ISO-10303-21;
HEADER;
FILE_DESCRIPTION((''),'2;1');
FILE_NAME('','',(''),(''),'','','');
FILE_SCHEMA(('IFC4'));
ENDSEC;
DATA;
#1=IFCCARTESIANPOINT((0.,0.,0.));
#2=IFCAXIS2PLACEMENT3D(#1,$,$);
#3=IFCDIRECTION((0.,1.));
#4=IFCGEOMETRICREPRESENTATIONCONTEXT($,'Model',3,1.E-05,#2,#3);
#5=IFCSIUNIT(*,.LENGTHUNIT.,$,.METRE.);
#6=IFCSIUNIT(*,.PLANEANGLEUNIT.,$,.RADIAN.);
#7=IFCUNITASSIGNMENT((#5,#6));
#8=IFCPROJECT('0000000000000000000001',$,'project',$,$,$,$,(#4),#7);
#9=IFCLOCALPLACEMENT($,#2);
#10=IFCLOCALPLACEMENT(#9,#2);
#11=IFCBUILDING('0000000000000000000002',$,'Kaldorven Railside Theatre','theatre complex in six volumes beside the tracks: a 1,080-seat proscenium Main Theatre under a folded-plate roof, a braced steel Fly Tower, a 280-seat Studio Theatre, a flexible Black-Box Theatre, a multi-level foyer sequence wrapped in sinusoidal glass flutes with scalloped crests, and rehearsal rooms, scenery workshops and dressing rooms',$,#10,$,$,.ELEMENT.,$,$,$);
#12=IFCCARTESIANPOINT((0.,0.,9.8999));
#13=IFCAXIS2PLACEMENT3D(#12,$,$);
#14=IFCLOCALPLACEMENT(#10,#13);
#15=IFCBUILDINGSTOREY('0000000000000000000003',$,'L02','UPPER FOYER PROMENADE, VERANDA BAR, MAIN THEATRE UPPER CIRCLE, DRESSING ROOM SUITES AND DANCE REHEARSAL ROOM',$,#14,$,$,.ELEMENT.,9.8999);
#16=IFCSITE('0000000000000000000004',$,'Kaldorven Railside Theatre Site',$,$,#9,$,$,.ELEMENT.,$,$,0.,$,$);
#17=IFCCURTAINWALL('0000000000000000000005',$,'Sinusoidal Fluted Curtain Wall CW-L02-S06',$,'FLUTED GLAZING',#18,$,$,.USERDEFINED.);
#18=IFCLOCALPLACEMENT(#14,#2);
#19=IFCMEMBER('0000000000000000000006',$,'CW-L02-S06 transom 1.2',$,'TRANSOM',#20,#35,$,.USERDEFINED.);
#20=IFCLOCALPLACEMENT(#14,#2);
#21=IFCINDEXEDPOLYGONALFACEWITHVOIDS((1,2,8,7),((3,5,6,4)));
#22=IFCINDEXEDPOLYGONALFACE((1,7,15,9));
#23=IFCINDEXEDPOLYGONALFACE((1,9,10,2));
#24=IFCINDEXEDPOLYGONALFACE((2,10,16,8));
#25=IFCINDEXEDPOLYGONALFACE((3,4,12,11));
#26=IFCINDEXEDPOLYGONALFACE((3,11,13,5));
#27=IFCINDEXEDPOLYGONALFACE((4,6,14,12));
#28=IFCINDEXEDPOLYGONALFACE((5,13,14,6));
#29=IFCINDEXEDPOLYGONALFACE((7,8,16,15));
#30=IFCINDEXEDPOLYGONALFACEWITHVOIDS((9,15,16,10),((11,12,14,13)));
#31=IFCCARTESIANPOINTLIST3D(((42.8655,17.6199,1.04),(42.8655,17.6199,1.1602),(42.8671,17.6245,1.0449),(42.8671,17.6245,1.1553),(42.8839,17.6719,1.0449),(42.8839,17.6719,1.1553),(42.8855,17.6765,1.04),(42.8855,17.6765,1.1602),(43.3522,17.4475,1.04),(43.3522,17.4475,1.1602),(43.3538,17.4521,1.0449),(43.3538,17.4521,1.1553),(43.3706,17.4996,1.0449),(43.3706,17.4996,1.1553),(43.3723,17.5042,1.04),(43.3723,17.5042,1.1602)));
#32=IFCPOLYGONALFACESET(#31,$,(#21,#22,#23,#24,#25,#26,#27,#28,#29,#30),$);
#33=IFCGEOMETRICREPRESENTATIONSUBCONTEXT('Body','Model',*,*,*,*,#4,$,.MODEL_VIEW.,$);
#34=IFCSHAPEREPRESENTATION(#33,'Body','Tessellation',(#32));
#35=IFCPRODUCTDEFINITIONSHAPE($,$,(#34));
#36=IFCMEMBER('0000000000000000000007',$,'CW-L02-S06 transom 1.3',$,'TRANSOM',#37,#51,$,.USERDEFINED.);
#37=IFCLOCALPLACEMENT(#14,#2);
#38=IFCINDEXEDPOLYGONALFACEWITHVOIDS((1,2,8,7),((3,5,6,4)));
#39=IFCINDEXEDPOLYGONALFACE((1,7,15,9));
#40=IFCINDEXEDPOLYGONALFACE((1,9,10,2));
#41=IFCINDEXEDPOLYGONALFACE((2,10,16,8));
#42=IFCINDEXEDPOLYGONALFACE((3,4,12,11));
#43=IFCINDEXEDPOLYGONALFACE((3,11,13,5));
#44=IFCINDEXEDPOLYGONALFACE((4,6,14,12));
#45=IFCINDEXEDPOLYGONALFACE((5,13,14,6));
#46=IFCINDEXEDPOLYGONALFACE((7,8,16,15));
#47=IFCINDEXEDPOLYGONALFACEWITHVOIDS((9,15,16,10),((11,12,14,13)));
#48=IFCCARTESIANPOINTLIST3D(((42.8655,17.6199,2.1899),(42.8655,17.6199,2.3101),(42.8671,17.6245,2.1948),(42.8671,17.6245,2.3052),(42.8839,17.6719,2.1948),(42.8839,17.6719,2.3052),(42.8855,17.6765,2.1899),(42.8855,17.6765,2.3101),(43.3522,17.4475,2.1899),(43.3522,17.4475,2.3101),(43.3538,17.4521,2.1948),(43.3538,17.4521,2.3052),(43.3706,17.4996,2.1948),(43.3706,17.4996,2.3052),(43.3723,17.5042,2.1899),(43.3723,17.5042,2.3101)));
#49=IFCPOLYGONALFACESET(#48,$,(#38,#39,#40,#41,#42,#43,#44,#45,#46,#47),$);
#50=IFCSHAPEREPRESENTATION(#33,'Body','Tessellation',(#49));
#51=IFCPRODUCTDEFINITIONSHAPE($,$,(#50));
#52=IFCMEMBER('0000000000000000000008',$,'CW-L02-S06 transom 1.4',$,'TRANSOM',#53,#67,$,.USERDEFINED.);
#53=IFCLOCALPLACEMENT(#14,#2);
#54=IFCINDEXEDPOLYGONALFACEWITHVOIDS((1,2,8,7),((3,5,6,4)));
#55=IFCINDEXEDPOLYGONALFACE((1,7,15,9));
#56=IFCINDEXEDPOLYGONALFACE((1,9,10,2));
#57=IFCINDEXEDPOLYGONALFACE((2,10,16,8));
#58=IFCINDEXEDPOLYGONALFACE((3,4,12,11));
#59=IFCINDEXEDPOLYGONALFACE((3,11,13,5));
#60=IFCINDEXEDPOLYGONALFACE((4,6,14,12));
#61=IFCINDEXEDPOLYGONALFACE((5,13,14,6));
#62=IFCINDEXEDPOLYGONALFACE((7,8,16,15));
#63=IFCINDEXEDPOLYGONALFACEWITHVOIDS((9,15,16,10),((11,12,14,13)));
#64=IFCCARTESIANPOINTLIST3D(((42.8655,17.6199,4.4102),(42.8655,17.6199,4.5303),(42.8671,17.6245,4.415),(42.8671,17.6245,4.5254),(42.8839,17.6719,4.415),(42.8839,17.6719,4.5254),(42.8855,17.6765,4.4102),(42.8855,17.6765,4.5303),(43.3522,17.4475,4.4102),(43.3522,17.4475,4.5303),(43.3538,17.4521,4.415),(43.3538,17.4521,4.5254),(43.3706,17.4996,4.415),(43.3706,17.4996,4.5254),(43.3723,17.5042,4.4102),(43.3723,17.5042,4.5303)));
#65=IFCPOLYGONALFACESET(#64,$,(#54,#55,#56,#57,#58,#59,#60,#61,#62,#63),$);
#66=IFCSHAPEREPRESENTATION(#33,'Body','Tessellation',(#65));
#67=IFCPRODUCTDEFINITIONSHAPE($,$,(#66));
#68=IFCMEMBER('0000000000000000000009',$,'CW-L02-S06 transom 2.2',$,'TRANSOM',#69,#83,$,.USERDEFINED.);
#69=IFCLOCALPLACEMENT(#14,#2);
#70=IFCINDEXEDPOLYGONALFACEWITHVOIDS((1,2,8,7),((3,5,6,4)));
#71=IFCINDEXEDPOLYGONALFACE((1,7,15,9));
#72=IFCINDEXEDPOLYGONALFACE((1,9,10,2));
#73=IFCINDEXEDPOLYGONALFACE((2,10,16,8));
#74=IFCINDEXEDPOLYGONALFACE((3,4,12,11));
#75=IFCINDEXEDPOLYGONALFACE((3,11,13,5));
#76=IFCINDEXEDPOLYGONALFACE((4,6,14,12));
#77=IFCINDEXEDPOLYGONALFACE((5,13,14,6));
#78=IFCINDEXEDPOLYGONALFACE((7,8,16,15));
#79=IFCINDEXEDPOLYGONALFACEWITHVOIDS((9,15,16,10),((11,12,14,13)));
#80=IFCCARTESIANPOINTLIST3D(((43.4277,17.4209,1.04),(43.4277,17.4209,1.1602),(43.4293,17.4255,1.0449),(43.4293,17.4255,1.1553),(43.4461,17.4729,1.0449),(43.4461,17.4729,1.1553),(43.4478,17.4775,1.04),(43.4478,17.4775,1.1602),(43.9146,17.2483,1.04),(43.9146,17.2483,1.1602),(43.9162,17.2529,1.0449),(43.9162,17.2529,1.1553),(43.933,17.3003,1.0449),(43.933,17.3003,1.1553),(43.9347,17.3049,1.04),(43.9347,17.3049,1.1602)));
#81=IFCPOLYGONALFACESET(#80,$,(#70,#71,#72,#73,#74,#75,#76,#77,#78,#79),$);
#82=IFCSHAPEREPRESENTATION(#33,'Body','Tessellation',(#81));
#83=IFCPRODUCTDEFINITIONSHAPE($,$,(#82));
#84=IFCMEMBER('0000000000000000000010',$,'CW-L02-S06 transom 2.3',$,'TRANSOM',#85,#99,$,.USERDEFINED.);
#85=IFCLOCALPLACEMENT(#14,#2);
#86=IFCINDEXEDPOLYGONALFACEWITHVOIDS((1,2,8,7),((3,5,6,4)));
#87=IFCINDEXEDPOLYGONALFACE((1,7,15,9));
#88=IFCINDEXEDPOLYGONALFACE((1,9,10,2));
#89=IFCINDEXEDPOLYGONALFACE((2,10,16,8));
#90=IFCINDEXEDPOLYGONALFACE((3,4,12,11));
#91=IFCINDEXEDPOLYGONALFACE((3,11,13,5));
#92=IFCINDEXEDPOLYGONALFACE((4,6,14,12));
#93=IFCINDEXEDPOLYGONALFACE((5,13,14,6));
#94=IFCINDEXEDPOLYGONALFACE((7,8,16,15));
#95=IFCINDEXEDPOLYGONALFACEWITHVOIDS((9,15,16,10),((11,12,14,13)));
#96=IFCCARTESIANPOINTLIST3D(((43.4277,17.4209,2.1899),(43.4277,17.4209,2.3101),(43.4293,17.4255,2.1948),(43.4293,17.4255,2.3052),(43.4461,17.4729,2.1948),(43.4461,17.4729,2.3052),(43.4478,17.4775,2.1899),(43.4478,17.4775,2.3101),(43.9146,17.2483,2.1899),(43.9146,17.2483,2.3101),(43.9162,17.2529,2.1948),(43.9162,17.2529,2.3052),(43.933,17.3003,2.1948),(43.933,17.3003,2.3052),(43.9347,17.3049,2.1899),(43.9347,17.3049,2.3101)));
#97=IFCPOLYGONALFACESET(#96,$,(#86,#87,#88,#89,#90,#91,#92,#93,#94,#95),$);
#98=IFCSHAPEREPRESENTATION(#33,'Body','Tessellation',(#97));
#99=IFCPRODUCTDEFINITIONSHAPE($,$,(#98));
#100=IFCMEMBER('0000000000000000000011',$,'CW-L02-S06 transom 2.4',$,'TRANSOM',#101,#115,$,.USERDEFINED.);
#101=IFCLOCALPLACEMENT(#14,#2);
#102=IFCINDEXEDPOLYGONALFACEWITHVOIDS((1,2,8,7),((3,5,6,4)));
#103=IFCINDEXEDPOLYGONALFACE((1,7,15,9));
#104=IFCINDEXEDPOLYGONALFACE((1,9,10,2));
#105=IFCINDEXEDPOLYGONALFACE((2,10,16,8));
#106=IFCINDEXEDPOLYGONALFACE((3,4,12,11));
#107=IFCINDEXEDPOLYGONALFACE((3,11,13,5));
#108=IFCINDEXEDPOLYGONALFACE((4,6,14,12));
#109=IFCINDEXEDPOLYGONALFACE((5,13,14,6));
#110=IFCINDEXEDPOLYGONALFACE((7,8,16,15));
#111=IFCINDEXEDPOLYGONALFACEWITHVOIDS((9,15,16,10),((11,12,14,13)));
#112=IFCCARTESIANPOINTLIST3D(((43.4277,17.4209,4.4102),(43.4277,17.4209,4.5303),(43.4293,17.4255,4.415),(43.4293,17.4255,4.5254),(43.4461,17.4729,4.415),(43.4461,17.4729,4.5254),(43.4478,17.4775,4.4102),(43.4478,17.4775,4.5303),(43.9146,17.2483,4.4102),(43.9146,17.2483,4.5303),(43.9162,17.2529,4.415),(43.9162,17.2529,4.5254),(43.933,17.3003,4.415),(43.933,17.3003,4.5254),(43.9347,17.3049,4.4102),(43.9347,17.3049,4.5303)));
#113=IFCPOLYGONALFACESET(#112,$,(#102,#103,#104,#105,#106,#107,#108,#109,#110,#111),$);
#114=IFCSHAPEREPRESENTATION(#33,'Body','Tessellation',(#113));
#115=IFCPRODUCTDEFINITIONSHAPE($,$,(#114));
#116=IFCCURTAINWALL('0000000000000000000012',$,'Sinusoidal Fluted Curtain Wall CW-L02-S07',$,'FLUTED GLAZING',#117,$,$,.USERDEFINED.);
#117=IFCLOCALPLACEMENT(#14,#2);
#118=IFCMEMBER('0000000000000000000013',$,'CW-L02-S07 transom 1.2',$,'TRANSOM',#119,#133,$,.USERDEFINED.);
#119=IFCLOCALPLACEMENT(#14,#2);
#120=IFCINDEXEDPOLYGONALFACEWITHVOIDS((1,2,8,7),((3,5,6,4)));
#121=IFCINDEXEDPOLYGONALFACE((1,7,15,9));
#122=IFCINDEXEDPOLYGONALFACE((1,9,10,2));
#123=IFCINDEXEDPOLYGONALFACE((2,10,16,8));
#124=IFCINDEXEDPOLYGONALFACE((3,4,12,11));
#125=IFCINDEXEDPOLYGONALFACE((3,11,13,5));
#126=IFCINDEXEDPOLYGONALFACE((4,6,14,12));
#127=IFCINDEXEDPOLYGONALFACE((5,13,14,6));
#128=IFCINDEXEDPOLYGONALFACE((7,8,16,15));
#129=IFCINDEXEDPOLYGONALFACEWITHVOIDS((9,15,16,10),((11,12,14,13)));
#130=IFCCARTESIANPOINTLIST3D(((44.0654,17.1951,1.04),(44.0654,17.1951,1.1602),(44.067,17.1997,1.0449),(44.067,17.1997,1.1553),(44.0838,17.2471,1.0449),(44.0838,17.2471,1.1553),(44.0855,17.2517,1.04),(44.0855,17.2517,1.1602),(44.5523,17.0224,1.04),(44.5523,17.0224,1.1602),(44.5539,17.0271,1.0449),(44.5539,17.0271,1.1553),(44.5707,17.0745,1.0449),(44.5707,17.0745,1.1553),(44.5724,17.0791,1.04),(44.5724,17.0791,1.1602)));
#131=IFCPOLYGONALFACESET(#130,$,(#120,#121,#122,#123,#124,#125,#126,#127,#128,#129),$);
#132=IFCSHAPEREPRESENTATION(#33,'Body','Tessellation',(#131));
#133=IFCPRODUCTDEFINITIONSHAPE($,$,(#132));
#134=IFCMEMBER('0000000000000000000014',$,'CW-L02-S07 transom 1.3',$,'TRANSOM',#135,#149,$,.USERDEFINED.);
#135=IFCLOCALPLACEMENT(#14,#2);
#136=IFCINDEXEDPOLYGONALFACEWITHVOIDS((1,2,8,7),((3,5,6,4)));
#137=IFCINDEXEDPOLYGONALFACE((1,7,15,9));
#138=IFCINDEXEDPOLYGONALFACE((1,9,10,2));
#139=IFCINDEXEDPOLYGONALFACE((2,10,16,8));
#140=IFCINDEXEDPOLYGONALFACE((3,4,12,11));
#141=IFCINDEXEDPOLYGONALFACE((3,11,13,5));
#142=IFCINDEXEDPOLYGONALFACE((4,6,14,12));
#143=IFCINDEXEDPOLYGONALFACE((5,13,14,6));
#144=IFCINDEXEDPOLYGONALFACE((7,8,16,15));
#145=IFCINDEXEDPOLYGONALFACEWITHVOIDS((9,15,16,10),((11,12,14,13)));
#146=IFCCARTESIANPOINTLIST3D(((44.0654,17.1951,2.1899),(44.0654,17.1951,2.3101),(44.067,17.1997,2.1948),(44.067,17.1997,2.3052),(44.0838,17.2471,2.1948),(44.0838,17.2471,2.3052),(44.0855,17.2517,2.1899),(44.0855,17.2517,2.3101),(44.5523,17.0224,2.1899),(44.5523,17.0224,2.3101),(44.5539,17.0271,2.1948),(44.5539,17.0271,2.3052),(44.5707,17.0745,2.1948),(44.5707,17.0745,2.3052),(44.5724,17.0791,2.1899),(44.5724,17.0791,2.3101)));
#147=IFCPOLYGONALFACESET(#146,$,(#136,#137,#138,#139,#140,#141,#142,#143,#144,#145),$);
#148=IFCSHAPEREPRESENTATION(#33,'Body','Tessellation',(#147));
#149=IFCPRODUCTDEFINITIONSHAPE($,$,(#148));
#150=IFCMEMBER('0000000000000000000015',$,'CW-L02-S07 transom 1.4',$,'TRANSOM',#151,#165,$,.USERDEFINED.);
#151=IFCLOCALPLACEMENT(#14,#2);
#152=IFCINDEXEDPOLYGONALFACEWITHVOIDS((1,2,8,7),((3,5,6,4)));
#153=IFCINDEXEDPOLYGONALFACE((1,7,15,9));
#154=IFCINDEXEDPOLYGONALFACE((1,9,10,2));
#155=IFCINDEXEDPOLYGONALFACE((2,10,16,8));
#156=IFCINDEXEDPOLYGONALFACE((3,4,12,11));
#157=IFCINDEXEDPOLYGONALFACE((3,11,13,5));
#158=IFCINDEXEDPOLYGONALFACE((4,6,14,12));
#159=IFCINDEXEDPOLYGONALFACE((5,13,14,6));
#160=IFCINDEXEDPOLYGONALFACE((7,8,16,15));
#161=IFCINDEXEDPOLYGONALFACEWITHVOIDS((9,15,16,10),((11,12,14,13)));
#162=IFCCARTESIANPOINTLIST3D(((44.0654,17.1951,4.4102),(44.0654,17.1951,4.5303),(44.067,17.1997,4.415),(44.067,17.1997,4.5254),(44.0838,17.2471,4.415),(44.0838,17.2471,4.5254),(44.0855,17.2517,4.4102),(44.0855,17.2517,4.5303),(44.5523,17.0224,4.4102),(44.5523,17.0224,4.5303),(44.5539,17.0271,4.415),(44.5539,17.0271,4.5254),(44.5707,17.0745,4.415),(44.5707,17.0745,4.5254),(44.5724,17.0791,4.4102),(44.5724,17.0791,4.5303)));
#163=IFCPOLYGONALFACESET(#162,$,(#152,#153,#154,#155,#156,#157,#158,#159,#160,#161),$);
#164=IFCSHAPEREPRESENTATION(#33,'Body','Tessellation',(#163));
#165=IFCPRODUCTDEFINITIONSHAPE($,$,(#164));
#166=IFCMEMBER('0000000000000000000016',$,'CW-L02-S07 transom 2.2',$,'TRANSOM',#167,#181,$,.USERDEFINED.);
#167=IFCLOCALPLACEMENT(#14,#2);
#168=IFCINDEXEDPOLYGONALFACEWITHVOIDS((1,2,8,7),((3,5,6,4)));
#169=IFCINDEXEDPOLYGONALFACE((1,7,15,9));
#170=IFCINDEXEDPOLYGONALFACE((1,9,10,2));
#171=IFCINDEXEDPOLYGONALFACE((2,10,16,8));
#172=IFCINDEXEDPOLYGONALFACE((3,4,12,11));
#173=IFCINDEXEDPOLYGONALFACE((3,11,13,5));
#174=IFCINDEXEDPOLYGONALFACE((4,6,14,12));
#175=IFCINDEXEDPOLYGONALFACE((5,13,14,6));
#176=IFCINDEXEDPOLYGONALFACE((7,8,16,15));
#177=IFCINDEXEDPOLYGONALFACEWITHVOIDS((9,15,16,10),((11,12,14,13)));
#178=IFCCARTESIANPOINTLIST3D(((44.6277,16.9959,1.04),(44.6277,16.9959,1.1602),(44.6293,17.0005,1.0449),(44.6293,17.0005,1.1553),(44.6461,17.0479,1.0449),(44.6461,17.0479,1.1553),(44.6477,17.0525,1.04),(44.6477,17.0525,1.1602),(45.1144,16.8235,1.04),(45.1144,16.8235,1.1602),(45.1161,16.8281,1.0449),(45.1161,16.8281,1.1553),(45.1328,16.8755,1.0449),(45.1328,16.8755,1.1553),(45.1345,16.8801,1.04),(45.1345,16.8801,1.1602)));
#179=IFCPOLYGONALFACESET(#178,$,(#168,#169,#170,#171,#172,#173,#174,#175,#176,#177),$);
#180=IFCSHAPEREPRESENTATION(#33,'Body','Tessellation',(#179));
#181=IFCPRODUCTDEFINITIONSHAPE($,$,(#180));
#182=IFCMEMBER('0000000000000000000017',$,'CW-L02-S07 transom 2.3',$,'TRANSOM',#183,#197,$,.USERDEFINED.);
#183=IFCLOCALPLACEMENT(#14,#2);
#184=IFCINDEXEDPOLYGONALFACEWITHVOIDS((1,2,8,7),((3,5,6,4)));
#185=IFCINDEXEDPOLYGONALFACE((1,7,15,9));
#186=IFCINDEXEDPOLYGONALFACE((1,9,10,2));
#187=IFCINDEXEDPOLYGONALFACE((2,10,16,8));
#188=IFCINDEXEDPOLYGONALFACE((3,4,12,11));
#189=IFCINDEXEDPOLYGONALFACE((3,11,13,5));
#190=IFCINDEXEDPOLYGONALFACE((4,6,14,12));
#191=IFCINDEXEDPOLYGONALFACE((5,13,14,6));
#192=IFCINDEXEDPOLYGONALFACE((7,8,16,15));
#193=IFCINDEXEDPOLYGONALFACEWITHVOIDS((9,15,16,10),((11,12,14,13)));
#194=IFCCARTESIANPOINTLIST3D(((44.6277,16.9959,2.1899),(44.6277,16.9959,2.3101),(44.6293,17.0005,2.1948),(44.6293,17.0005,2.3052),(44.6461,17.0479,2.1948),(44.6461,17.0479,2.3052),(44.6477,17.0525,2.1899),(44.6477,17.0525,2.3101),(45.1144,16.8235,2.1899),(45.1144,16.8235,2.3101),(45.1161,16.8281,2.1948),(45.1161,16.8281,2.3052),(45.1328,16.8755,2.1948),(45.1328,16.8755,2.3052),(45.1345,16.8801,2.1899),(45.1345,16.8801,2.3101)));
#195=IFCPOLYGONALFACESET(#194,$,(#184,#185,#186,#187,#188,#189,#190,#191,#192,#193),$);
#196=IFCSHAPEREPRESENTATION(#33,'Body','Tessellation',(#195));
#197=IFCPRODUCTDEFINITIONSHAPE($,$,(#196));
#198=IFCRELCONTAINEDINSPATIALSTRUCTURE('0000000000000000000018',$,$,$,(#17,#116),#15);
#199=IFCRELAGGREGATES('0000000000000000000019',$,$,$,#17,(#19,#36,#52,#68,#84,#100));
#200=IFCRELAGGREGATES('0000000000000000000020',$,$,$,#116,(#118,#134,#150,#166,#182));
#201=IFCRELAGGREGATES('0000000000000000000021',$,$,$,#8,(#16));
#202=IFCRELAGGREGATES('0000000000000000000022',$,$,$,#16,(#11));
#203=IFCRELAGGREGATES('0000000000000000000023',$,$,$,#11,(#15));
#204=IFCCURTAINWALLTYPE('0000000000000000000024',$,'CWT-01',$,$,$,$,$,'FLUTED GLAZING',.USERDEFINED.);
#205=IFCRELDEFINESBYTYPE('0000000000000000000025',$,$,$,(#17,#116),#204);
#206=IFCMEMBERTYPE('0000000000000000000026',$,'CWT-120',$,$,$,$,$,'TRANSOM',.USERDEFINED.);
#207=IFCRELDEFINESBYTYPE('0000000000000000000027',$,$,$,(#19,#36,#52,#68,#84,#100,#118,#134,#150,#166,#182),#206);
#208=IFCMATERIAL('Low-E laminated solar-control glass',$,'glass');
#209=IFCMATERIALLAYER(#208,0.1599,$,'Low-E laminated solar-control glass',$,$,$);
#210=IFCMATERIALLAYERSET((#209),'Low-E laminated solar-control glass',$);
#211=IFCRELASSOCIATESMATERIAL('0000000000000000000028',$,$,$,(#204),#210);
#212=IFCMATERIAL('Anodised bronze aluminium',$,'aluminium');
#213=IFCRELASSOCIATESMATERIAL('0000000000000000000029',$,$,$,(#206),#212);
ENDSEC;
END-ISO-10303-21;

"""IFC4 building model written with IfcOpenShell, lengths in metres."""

from ifc_helpers import new_model, si_unit, direction, frame, origin, origin_2d, place, context, subcontext, project, spatial, hollow_rectangle, extrude, material, layer, layer_set, material_profile, profile_set, type_object, element, aggregate, save


model = new_model("IFC4")

# Units and contexts
model_context = context("Model", 3, precision=1e-05, world=origin(), true_north=direction((0.0, 1.0)))
body_context = subcontext(model_context, "Body", "Model", "MODEL_VIEW")
ifc_project = project(units=[si_unit("LENGTHUNIT", "METRE"), si_unit("PLANEANGLEUNIT", "RADIAN")], contexts=[model_context])

# Site, building, storey
site_placement = place(None, origin())
site = spatial("IfcSite", under=ifc_project, at=site_placement, Name="Kaldorven Railside Theatre Site", CompositionType="ELEMENT", RefElevation=0.0)
building_placement = place(site_placement, origin())
building = spatial("IfcBuilding", under=site, at=building_placement, Name="Kaldorven Railside Theatre", Description="theatre complex in six volumes beside the tracks: a 1,080-seat proscenium Main Theatre under a folded-plate roof, a braced steel Fly Tower, a 280-seat Studio Theatre, a flexible Black-Box Theatre, a multi-level foyer sequence wrapped in sinusoidal glass flutes with scalloped crests, and rehearsal rooms, scenery workshops and dressing rooms", CompositionType="ELEMENT")
storey_placement = place(building_placement, frame((0.0, 0.0, 9.8999)))
storey = spatial("IfcBuildingStorey", under=building, at=storey_placement, Name="L02", Description="UPPER FOYER PROMENADE, VERANDA BAR, MAIN THEATRE UPPER CIRCLE, DRESSING ROOM SUITES AND DANCE REHEARSAL ROOM", CompositionType="ELEMENT", Elevation=9.8999)

# Curtain walls, members
ifc_material_1 = material(Name="Low-E laminated solar-control glass", Category="glass")
ifc_layer_1 = layer(ifc_material_1, 0.1599, Name="Low-E laminated solar-control glass")
ifc_layer_set_1 = layer_set([ifc_layer_1], Name="Low-E laminated solar-control glass")
curtain_wall_type_1 = type_object("IfcCurtainWallType", Name="CWT-01", ElementType="FLUTED GLAZING", PredefinedType="USERDEFINED", material=ifc_layer_set_1)
curtain_wall_1_placement = place(storey_placement, origin())
curtain_wall_1 = element("IfcCurtainWall", 1, at=curtain_wall_1_placement, inside=storey, type_object=curtain_wall_type_1, Name="Sinusoidal Fluted Curtain Wall CW-L02-S06", ObjectType="FLUTED GLAZING", PredefinedType="USERDEFINED")
ifc_material_2 = material(Name="Anodised bronze aluminium", Category="aluminium")
ifc_material_profile = material_profile(ifc_material_2, hollow_rectangle(XDim=0.0601, YDim=0.1201, WallThickness=0.0049, at=origin_2d()), Name="RHS 120x60x5")
ifc_profile_set = profile_set([ifc_material_profile], Name="Anodised bronze aluminium")
member_type = type_object("IfcMemberType", Name="CWT-120", ElementType="TRANSOM", PredefinedType="USERDEFINED", material=ifc_profile_set)
member_1_placement = place(storey_placement, frame((42.8755, 17.6482, 1.1001), z_axis=(0.942658, -0.33376, 0.0), x_axis=(0.33376, 0.942658, 0.0)))
member_1 = element("IfcMember", 2, at=member_1_placement, type_object=member_type, Name="CW-L02-S06 transom 1.2", ObjectType="TRANSOM", PredefinedType="USERDEFINED", context=body_context, shape_type="SweptSolid", body=[
    extrude(hollow_rectangle(XDim=0.0601, YDim=0.1201, WallThickness=0.0049, at=origin_2d()), origin(), (0.0, 0.0, 1.0), 0.5164),
])
member_2_placement = place(storey_placement, frame((42.8755, 17.6482, 2.25), z_axis=(0.942658, -0.33376, 0.0), x_axis=(0.33376, 0.942658, 0.0)))
member_2 = element("IfcMember", 3, at=member_2_placement, type_object=member_type, Name="CW-L02-S06 transom 1.3", ObjectType="TRANSOM", PredefinedType="USERDEFINED", context=body_context, shape_type="SweptSolid", body=[
    extrude(hollow_rectangle(XDim=0.0601, YDim=0.1201, WallThickness=0.0049, at=origin_2d()), origin(), (0.0, 0.0, 1.0), 0.5164),
])
member_3_placement = place(storey_placement, frame((42.8755, 17.6482, 4.4702), z_axis=(0.942658, -0.33376, 0.0), x_axis=(0.33376, 0.942658, 0.0)))
member_3 = element("IfcMember", 4, at=member_3_placement, type_object=member_type, Name="CW-L02-S06 transom 1.4", ObjectType="TRANSOM", PredefinedType="USERDEFINED", context=body_context, shape_type="SweptSolid", body=[
    extrude(hollow_rectangle(XDim=0.0601, YDim=0.1201, WallThickness=0.0049, at=origin_2d()), origin(), (0.0, 0.0, 1.0), 0.5164),
])
member_4_placement = place(storey_placement, frame((43.4377, 17.4492, 1.1001), z_axis=(0.942509, -0.33418, 0.0), x_axis=(0.33418, 0.942509, 0.0)))
member_4 = element("IfcMember", 5, at=member_4_placement, type_object=member_type, Name="CW-L02-S06 transom 2.2", ObjectType="TRANSOM", PredefinedType="USERDEFINED", context=body_context, shape_type="SweptSolid", body=[
    extrude(hollow_rectangle(XDim=0.0601, YDim=0.1201, WallThickness=0.0049, at=origin_2d()), origin(), (0.0, 0.0, 1.0), 0.5166),
])
member_5_placement = place(storey_placement, frame((43.4377, 17.4492, 2.25), z_axis=(0.942509, -0.33418, 0.0), x_axis=(0.33418, 0.942509, 0.0)))
member_5 = element("IfcMember", 6, at=member_5_placement, type_object=member_type, Name="CW-L02-S06 transom 2.3", ObjectType="TRANSOM", PredefinedType="USERDEFINED", context=body_context, shape_type="SweptSolid", body=[
    extrude(hollow_rectangle(XDim=0.0601, YDim=0.1201, WallThickness=0.0049, at=origin_2d()), origin(), (0.0, 0.0, 1.0), 0.5166),
])
member_6_placement = place(storey_placement, frame((43.4377, 17.4492, 4.4702), z_axis=(0.942509, -0.33418, 0.0), x_axis=(0.33418, 0.942509, 0.0)))
member_6 = element("IfcMember", 7, at=member_6_placement, type_object=member_type, Name="CW-L02-S06 transom 2.4", ObjectType="TRANSOM", PredefinedType="USERDEFINED", context=body_context, shape_type="SweptSolid", body=[
    extrude(hollow_rectangle(XDim=0.0601, YDim=0.1201, WallThickness=0.0049, at=origin_2d()), origin(), (0.0, 0.0, 1.0), 0.5166),
])
curtain_wall_2_placement = place(storey_placement, origin())
curtain_wall_2 = element("IfcCurtainWall", 8, at=curtain_wall_2_placement, inside=storey, type_object=curtain_wall_type_1, Name="Sinusoidal Fluted Curtain Wall CW-L02-S07", ObjectType="FLUTED GLAZING", PredefinedType="USERDEFINED")
member_7_placement = place(storey_placement, frame((44.0754, 17.2234, 1.1001), z_axis=(0.942509, -0.33418, 0.0), x_axis=(0.33418, 0.942509, 0.0)))
member_7 = element("IfcMember", 9, at=member_7_placement, type_object=member_type, Name="CW-L02-S07 transom 1.2", ObjectType="TRANSOM", PredefinedType="USERDEFINED", context=body_context, shape_type="SweptSolid", body=[
    extrude(hollow_rectangle(XDim=0.0601, YDim=0.1201, WallThickness=0.0049, at=origin_2d()), origin(), (0.0, 0.0, 1.0), 0.5166),
])
member_8_placement = place(storey_placement, frame((44.0754, 17.2234, 2.25), z_axis=(0.942509, -0.33418, 0.0), x_axis=(0.33418, 0.942509, 0.0)))
member_8 = element("IfcMember", 10, at=member_8_placement, type_object=member_type, Name="CW-L02-S07 transom 1.3", ObjectType="TRANSOM", PredefinedType="USERDEFINED", context=body_context, shape_type="SweptSolid", body=[
    extrude(hollow_rectangle(XDim=0.0601, YDim=0.1201, WallThickness=0.0049, at=origin_2d()), origin(), (0.0, 0.0, 1.0), 0.5166),
])
member_9_placement = place(storey_placement, frame((44.0754, 17.2234, 4.4702), z_axis=(0.942509, -0.33418, 0.0), x_axis=(0.33418, 0.942509, 0.0)))
member_9 = element("IfcMember", 11, at=member_9_placement, type_object=member_type, Name="CW-L02-S07 transom 1.4", ObjectType="TRANSOM", PredefinedType="USERDEFINED", context=body_context, shape_type="SweptSolid", body=[
    extrude(hollow_rectangle(XDim=0.0601, YDim=0.1201, WallThickness=0.0049, at=origin_2d()), origin(), (0.0, 0.0, 1.0), 0.5166),
])
member_10_placement = place(storey_placement, frame((44.6377, 17.0242, 1.1001), z_axis=(0.942658, -0.33376, 0.0), x_axis=(0.33376, 0.942658, 0.0)))
member_10 = element("IfcMember", 12, at=member_10_placement, type_object=member_type, Name="CW-L02-S07 transom 2.2", ObjectType="TRANSOM", PredefinedType="USERDEFINED", context=body_context, shape_type="SweptSolid", body=[
    extrude(hollow_rectangle(XDim=0.0601, YDim=0.1201, WallThickness=0.0049, at=origin_2d()), origin(), (0.0, 0.0, 1.0), 0.5164),
])
member_11_placement = place(storey_placement, frame((44.6377, 17.0242, 2.25), z_axis=(0.942658, -0.33376, 0.0), x_axis=(0.33376, 0.942658, 0.0)))
member_11 = element("IfcMember", 13, at=member_11_placement, type_object=member_type, Name="CW-L02-S07 transom 2.3", ObjectType="TRANSOM", PredefinedType="USERDEFINED", context=body_context, shape_type="SweptSolid", body=[
    extrude(hollow_rectangle(XDim=0.0601, YDim=0.1201, WallThickness=0.0049, at=origin_2d()), origin(), (0.0, 0.0, 1.0), 0.5164),
])

aggregate(curtain_wall_1, [member_1, member_2, member_3, member_4, member_5, member_6])
aggregate(curtain_wall_2, [member_7, member_8, member_9, member_10, member_11])

save(model, "model.ifc")
